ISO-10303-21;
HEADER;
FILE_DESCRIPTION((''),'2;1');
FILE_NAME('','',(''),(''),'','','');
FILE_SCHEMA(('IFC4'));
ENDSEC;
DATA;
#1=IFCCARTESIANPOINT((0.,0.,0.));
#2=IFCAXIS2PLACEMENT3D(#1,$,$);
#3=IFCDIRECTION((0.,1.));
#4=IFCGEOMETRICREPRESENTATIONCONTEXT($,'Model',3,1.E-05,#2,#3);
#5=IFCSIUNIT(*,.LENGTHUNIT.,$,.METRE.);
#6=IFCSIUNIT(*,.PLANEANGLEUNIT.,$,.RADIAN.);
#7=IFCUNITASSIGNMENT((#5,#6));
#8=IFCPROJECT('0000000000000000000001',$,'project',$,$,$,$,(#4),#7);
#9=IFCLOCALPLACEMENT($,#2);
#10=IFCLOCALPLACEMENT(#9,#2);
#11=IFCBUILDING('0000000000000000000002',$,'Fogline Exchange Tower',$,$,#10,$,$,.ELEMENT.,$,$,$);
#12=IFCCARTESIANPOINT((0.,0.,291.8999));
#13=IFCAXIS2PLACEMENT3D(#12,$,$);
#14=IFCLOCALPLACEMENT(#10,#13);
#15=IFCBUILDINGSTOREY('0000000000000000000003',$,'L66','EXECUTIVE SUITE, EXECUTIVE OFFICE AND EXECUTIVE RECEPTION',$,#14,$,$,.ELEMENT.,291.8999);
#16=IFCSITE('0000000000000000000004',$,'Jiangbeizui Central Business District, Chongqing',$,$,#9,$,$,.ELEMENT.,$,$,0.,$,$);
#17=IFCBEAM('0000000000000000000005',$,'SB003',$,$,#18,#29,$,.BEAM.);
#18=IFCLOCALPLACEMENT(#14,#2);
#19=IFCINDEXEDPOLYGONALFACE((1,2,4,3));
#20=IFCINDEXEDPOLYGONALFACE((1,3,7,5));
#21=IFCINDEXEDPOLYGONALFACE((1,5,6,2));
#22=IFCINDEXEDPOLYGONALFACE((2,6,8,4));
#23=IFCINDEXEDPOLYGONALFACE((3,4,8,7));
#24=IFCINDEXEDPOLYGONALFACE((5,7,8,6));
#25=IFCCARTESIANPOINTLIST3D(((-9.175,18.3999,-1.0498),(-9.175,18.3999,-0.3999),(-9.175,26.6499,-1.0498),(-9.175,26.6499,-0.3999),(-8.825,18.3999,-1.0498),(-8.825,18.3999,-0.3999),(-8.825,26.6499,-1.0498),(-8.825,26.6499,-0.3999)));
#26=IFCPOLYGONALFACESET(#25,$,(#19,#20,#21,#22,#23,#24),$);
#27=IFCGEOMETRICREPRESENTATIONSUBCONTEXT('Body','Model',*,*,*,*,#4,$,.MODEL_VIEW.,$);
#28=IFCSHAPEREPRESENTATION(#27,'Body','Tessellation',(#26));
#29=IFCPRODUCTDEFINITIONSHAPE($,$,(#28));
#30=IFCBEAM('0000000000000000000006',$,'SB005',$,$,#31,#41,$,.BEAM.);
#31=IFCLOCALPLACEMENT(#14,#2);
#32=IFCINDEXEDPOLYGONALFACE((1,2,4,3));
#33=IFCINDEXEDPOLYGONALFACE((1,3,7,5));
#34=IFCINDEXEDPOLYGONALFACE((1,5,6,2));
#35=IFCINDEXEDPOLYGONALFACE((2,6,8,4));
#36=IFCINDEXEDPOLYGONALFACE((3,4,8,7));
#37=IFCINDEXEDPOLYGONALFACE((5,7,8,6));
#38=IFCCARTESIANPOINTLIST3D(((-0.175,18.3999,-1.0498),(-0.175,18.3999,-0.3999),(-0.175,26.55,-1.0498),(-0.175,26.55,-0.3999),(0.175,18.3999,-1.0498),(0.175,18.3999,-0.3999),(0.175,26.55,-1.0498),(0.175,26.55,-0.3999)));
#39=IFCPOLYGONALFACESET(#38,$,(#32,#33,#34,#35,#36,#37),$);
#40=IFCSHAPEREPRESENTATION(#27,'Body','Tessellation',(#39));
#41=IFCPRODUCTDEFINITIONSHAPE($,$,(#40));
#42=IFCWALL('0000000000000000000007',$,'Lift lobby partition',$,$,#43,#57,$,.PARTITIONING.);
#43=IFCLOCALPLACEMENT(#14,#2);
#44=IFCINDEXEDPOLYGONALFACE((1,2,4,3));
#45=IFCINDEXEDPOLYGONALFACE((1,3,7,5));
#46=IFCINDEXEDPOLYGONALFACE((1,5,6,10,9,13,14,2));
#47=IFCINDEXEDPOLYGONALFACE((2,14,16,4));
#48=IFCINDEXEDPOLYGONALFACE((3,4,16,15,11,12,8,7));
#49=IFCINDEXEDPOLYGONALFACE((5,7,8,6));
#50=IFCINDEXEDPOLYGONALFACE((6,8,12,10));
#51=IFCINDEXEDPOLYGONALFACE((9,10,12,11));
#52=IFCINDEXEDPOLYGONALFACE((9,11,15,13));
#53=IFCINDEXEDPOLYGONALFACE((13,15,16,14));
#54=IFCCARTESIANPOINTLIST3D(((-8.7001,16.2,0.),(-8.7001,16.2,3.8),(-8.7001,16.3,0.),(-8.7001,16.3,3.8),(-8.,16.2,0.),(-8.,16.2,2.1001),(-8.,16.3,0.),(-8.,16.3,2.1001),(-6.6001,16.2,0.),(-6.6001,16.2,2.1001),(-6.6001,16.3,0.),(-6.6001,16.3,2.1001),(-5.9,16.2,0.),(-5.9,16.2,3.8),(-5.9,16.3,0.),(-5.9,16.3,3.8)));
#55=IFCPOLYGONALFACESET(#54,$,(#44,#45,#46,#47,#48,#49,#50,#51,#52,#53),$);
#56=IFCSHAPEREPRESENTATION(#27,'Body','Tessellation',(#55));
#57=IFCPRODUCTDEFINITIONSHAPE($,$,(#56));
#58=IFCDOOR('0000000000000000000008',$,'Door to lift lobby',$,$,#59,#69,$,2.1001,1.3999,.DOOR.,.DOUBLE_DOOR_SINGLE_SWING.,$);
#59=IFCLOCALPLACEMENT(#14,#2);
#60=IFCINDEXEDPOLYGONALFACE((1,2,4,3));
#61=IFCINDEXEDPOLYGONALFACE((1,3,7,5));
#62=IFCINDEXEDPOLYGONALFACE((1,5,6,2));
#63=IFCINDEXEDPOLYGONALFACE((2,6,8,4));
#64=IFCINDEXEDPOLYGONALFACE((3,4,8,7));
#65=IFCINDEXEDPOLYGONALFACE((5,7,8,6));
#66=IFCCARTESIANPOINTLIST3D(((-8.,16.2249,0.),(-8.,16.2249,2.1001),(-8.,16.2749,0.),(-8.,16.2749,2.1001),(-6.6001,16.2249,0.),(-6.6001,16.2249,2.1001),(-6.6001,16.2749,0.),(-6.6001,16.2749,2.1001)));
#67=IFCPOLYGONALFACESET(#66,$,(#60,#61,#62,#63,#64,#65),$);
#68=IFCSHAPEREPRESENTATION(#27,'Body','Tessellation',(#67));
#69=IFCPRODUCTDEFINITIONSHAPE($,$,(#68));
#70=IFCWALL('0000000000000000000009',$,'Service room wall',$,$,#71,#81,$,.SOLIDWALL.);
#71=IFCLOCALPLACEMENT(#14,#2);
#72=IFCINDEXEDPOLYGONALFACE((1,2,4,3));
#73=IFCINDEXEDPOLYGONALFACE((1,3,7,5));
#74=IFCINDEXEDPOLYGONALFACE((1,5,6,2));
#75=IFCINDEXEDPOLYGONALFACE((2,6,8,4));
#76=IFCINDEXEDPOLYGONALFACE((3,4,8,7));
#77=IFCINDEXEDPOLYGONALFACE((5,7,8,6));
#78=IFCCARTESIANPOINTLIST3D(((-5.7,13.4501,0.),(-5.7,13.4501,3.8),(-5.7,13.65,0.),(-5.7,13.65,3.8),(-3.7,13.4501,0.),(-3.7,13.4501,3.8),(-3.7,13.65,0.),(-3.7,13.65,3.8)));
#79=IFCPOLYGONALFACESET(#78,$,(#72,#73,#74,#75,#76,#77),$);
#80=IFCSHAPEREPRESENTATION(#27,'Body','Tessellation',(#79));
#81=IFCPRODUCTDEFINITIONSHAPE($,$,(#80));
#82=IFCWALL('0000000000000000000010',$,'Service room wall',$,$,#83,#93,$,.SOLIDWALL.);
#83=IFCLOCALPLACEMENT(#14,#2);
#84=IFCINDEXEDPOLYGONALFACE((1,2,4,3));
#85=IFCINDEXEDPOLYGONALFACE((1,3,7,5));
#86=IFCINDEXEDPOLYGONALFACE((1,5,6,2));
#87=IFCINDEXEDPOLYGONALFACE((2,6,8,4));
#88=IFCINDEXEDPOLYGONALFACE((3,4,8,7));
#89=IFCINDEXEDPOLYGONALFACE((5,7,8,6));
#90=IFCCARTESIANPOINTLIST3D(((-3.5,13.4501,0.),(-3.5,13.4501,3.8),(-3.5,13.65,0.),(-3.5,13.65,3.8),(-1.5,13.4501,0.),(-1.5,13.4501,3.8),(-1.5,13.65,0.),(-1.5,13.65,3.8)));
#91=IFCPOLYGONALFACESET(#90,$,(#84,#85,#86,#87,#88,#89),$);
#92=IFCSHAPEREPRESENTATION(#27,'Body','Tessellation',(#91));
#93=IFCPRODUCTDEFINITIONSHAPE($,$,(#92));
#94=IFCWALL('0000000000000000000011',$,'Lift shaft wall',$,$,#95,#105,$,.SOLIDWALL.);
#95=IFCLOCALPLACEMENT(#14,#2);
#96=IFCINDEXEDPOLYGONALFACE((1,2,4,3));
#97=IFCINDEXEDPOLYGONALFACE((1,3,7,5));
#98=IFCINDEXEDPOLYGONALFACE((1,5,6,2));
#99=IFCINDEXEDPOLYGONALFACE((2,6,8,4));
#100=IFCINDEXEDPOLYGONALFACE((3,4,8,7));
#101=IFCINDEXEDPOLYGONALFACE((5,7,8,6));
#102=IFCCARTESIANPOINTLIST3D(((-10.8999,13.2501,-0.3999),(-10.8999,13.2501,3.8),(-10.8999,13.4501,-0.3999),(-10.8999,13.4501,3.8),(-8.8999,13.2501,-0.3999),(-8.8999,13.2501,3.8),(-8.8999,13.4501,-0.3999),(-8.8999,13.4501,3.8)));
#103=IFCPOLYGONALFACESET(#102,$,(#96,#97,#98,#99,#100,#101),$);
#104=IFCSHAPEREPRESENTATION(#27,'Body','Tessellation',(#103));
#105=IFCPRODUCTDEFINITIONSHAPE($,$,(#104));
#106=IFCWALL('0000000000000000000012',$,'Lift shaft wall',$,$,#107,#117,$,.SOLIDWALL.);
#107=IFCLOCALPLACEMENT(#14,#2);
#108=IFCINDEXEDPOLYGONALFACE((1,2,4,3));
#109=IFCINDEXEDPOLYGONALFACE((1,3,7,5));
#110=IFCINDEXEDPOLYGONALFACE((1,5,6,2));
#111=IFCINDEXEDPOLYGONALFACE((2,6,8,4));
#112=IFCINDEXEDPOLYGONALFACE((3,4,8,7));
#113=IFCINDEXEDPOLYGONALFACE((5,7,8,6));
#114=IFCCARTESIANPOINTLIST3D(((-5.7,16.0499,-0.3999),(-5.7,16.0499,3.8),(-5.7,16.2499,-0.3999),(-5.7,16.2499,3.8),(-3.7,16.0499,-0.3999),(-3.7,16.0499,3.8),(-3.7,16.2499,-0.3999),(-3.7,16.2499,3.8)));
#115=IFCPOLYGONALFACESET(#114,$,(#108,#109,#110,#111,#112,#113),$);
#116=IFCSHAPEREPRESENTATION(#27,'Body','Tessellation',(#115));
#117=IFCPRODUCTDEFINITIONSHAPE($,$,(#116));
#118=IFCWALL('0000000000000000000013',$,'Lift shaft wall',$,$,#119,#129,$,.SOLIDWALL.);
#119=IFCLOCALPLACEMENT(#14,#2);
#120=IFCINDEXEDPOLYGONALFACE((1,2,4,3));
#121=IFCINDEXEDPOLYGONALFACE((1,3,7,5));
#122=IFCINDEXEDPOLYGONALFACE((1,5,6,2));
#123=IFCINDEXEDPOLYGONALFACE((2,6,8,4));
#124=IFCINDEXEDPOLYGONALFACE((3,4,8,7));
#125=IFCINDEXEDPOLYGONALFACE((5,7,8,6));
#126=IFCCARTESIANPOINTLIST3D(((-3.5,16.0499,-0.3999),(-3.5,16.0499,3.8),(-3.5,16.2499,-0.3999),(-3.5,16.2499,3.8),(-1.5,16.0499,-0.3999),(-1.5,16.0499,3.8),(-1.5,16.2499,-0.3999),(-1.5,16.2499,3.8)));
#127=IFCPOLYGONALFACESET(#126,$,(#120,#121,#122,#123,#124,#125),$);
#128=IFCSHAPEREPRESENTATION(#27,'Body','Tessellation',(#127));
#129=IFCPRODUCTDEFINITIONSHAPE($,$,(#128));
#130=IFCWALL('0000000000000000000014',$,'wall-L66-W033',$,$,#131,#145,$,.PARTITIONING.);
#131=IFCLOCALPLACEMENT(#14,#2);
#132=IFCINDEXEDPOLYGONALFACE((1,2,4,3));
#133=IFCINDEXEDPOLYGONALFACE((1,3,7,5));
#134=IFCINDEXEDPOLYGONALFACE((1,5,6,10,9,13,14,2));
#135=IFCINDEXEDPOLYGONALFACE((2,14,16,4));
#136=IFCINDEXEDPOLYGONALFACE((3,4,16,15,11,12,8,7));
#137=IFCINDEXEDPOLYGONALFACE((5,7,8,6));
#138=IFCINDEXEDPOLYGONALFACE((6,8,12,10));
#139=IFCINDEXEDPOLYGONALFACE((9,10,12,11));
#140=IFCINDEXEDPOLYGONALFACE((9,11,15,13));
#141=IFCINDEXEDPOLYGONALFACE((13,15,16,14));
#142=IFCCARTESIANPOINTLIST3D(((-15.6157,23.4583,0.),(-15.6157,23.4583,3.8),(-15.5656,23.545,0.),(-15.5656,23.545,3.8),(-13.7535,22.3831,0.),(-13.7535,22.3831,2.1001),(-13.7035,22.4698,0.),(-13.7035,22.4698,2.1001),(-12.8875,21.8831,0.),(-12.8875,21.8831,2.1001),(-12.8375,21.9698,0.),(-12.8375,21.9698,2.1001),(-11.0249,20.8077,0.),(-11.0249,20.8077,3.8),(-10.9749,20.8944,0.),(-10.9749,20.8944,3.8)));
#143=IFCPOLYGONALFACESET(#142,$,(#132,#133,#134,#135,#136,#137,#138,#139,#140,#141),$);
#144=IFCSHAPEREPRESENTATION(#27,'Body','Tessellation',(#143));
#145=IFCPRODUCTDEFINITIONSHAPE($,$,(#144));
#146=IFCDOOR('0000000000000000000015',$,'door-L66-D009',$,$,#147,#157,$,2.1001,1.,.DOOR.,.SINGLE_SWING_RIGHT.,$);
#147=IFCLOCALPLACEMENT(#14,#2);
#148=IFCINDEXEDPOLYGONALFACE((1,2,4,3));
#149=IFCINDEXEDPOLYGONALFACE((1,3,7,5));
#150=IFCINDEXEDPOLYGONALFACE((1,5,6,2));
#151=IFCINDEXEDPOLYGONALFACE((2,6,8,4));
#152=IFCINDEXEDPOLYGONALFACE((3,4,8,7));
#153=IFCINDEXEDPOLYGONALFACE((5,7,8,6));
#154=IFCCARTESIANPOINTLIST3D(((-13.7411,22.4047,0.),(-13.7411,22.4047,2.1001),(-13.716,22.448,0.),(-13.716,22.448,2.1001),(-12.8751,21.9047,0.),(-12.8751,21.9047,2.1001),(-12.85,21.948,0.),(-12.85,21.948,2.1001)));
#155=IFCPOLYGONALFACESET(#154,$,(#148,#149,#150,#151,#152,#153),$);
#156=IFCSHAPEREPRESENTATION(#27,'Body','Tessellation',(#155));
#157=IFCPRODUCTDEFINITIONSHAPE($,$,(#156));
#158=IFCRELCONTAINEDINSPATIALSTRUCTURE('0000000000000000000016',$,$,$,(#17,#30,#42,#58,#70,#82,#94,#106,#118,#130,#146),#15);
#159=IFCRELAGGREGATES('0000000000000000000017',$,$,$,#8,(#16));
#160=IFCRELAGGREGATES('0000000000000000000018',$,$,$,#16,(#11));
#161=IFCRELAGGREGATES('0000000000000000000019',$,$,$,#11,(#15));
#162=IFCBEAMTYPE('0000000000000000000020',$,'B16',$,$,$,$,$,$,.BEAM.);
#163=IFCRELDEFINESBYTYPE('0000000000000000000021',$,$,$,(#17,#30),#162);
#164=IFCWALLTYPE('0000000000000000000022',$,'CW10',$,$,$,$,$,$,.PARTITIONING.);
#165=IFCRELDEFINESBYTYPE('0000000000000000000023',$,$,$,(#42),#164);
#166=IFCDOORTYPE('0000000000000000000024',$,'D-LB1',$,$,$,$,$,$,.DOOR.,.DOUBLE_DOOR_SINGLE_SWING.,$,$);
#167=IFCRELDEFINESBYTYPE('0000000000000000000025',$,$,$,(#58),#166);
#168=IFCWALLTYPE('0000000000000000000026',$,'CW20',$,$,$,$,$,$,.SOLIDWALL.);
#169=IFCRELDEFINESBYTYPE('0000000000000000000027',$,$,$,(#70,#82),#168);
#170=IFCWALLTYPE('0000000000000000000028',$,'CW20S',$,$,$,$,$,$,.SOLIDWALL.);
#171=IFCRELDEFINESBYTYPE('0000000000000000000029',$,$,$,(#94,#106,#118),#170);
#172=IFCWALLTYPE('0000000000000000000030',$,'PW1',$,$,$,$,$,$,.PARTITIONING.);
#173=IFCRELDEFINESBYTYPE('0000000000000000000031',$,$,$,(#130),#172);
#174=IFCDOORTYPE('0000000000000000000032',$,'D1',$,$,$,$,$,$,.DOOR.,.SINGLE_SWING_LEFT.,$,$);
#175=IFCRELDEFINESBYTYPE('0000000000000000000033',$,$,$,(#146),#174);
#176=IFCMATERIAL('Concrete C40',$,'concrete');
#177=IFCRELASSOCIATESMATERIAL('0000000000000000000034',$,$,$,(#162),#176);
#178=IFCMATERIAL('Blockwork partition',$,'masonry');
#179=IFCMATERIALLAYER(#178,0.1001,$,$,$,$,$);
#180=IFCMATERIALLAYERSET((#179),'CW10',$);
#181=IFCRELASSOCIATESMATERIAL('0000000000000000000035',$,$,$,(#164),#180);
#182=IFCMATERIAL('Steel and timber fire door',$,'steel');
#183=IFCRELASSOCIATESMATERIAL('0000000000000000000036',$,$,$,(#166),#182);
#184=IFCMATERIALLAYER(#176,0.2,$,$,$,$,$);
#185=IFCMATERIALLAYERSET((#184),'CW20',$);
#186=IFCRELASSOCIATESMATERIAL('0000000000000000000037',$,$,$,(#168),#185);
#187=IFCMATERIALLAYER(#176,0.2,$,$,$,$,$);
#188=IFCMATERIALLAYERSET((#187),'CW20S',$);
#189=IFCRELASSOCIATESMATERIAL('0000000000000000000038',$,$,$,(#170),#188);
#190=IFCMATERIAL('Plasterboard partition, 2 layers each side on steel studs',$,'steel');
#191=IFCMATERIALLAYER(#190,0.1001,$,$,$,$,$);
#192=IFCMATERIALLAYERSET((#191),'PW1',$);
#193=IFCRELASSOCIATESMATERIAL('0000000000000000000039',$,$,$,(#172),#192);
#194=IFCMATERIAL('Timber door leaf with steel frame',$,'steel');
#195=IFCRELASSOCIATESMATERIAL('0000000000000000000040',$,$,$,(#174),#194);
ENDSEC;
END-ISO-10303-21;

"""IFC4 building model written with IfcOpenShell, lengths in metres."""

from ifc_helpers import new_model, si_unit, direction, frame, frame_2d, origin, origin_2d, place, context, subcontext, project, spatial, rectangle, extrude, material, layer, layer_set, material_profile, profile_set, type_object, element, fill, save


model = new_model("IFC4")

# Units and contexts
model_context = context("Model", 3, precision=1e-05, world=origin(), true_north=direction((0.0, 1.0)))
body_context = subcontext(model_context, "Body", "Model", "MODEL_VIEW")
ifc_project = project(units=[si_unit("LENGTHUNIT", "METRE"), si_unit("PLANEANGLEUNIT", "RADIAN")], contexts=[model_context])

# Site, building, storey
site_placement = place(None, origin())
site = spatial("IfcSite", under=ifc_project, at=site_placement, Name="Jiangbeizui Central Business District, Chongqing", CompositionType="ELEMENT", RefElevation=0.0)
building_placement = place(site_placement, origin())
building = spatial("IfcBuilding", under=site, at=building_placement, Name="Fogline Exchange Tower", CompositionType="ELEMENT")
storey_placement = place(building_placement, frame((0.0, 0.0, 291.8999)))
storey = spatial("IfcBuildingStorey", under=building, at=storey_placement, Name="L66", Description="EXECUTIVE SUITE, EXECUTIVE OFFICE AND EXECUTIVE RECEPTION", CompositionType="ELEMENT", Elevation=291.8999)

# Beams
ifc_material_1 = material(Name="Concrete C40", Category="concrete")
ifc_material_profile = material_profile(ifc_material_1, rectangle(XDim=0.3501, YDim=0.6499, at=origin_2d()), Name="RC 350x650")
ifc_profile_set = profile_set([ifc_material_profile], Name="Concrete C40")
beam_type = type_object("IfcBeamType", Name="B16", PredefinedType="BEAM", material=ifc_profile_set)
beam_1_placement = place(storey_placement, frame((-9.0, 18.3999, -0.7249), z_axis=(0.0, 1.0, 0.0), x_axis=(-1.0, 0.0, 0.0)))
element("IfcBeam", 1, at=beam_1_placement, inside=storey, type_object=beam_type, Name="SB003", PredefinedType="BEAM", context=body_context, shape_type="SweptSolid", body=[
    extrude(rectangle(XDim=0.3501, YDim=0.6499, at=origin_2d()), origin(), (0.0, 0.0, 1.0), 8.25),
])
beam_2_placement = place(storey_placement, frame((0.0, 18.3999, -0.7249), z_axis=(0.0, 1.0, 0.0), x_axis=(-1.0, 0.0, 0.0)))
element("IfcBeam", 2, at=beam_2_placement, inside=storey, type_object=beam_type, Name="SB005", PredefinedType="BEAM", context=body_context, shape_type="SweptSolid", body=[
    extrude(rectangle(XDim=0.3501, YDim=0.6499, at=origin_2d()), origin(), (0.0, 0.0, 1.0), 8.1501),
])

# Wall, opening, door
ifc_material_2 = material(Name="Blockwork partition", Category="masonry")
ifc_layer_1 = layer(ifc_material_2, 0.1001)
ifc_layer_set_1 = layer_set([ifc_layer_1], Name="CW10")
wall_type_1 = type_object("IfcWallType", Name="CW10", PredefinedType="PARTITIONING", material=ifc_layer_set_1)
wall_1_placement = place(storey_placement, frame((-8.7, 16.25, 0.0), z_axis=(0.0, 0.0, 1.0), x_axis=(1.0, 0.0, 0.0)))
wall_1 = element("IfcWall", 3, at=wall_1_placement, inside=storey, type_object=wall_type_1, Name="Lift lobby partition", PredefinedType="PARTITIONING", context=body_context, shape_type="SweptSolid", body=[
    extrude(rectangle(XDim=2.8, YDim=0.1001, at=frame_2d((1.3999, 0.0))), origin(), (0.0, 0.0, 1.0), 3.8),
])
opening_1_placement = place(wall_1_placement, frame((0.7, 0.0, 0.0)))
opening_1 = element("IfcOpeningElement", 4, at=opening_1_placement, cuts=wall_1, PredefinedType="OPENING", context=body_context, shape_type="SweptSolid", body=[
    extrude(rectangle(XDim=1.3999, YDim=2.1001, at=frame_2d((0.7, 1.05))), frame((0.0, 0.0601, 0.0), z_axis=(0.0, -1.0, 0.0), x_axis=(1.0, 0.0, 0.0)), (0.0, 0.0, 1.0), 0.1201),
])
ifc_material_3 = material(Name="Steel and timber fire door", Category="steel")
door_type_1 = type_object("IfcDoorType", Name="D-LB1", OperationType="DOUBLE_DOOR_SINGLE_SWING", PredefinedType="DOOR", material=ifc_material_3)
door_1_placement = place(opening_1_placement, origin())
door_1 = element("IfcDoor", 5, at=door_1_placement, inside=storey, type_object=door_type_1, Name="Door to lift lobby", OperationType="DOUBLE_DOOR_SINGLE_SWING", OverallHeight=2.1001, OverallWidth=1.3999, PredefinedType="DOOR", context=body_context, shape_type="SweptSolid", body=[
    extrude(rectangle(XDim=1.3999, YDim=2.1001, at=frame_2d((0.7, 1.05))), frame((0.0, 0.0249, 0.0), z_axis=(0.0, -1.0, 0.0), x_axis=(1.0, 0.0, 0.0)), (0.0, 0.0, 1.0), 0.05),
])
fill(opening_1, door_1)

# Walls
ifc_layer_2 = layer(ifc_material_1, 0.2)
ifc_layer_set_2 = layer_set([ifc_layer_2], Name="CW20")
wall_type_2 = type_object("IfcWallType", Name="CW20", PredefinedType="SOLIDWALL", material=ifc_layer_set_2)
for number, where, z_axis, x_axis, name in (
    (6, (-5.7, 13.55, 0.0), (0.0, 0.0, 1.0), (1.0, 0.0, 0.0), "Service room wall"),
    (7, (-3.5, 13.55, 0.0), (0.0, 0.0, 1.0), (1.0, 0.0, 0.0), "Service room wall"),
):
    element("IfcWall", number, at=place(storey_placement, frame(where, z_axis=z_axis, x_axis=x_axis)), inside=storey, type_object=wall_type_2, Name=name, PredefinedType="SOLIDWALL", context=body_context, shape_type="SweptSolid", body=[
        extrude(rectangle(XDim=2.0, YDim=0.2, at=frame_2d((1.0, 0.0))), origin(), (0.0, 0.0, 1.0), 3.8),
    ])
ifc_layer_3 = layer(ifc_material_1, 0.2)
ifc_layer_set_3 = layer_set([ifc_layer_3], Name="CW20S")
wall_type_3 = type_object("IfcWallType", Name="CW20S", PredefinedType="SOLIDWALL", material=ifc_layer_set_3)
for number, where, z_axis, x_axis, name in (
    (8, (-10.8999, 13.3501, -0.3999), (0.0, 0.0, 1.0), (1.0, 0.0, 0.0), "Lift shaft wall"),
    (9, (-5.7, 16.1499, -0.3999), (0.0, 0.0, 1.0), (1.0, 0.0, 0.0), "Lift shaft wall"),
    (10, (-3.5, 16.1499, -0.3999), (0.0, 0.0, 1.0), (1.0, 0.0, 0.0), "Lift shaft wall"),
):
    element("IfcWall", number, at=place(storey_placement, frame(where, z_axis=z_axis, x_axis=x_axis)), inside=storey, type_object=wall_type_3, Name=name, PredefinedType="SOLIDWALL", context=body_context, shape_type="SweptSolid", body=[
        extrude(rectangle(XDim=2.0, YDim=0.2, at=frame_2d((1.0, 0.0))), origin(), (0.0, 0.0, 1.0), 4.2),
    ])

# Wall, opening, door
ifc_material_4 = material(Name="Plasterboard partition, 2 layers each side on steel studs", Category="steel")
ifc_layer_4 = layer(ifc_material_4, 0.1001)
ifc_layer_set_4 = layer_set([ifc_layer_4], Name="PW1")
wall_type_4 = type_object("IfcWallType", Name="PW1", PredefinedType="PARTITIONING", material=ifc_layer_set_4)
wall_2_placement = place(storey_placement, frame((-11.0, 20.8511, 0.0), z_axis=(0.0, 0.0, 1.0), x_axis=(-0.866015, 0.500017, 0.0)))
wall_2 = element("IfcWall", 11, at=wall_2_placement, inside=storey, type_object=wall_type_4, Name="wall-L66-W033", PredefinedType="PARTITIONING", context=body_context, shape_type="SweptSolid", body=[
    extrude(rectangle(XDim=5.301, YDim=0.1001, at=frame_2d((2.6504, 0.0))), origin(), (0.0, 0.0, 1.0), 3.8),
])
opening_2_placement = place(wall_2_placement, frame((2.1506, 0.0, 0.0)))
opening_2 = element("IfcOpeningElement", 12, at=opening_2_placement, cuts=wall_2, PredefinedType="OPENING", context=body_context, shape_type="SweptSolid", body=[
    extrude(rectangle(XDim=1.0, YDim=2.1001, at=frame_2d((0.5, 1.05))), frame((0.0, 0.0601, 0.0), z_axis=(0.0, -1.0, 0.0), x_axis=(1.0, 0.0, 0.0)), (0.0, 0.0, 1.0), 0.1201),
])
ifc_material_5 = material(Name="Timber door leaf with steel frame", Category="steel")
door_type_2 = type_object("IfcDoorType", Name="D1", OperationType="SINGLE_SWING_LEFT", PredefinedType="DOOR", material=ifc_material_5)
door_2_placement = place(opening_2_placement, frame((1.0, 0.0, 0.0), z_axis=(0.0, 0.0, 1.0), x_axis=(-1.0, 0.0, 0.0)))
door_2 = element("IfcDoor", 13, at=door_2_placement, inside=storey, type_object=door_type_2, Name="door-L66-D009", OperationType="SINGLE_SWING_RIGHT", OverallHeight=2.1001, OverallWidth=1.0, PredefinedType="DOOR", context=body_context, shape_type="SweptSolid", body=[
    extrude(rectangle(XDim=1.0, YDim=2.1001, at=frame_2d((0.5, 1.05))), frame((0.0, 0.0249, 0.0), z_axis=(0.0, -1.0, 0.0), x_axis=(1.0, 0.0, 0.0)), (0.0, 0.0, 1.0), 0.05),
])
fill(opening_2, door_2)

save(model, "model.ifc")
